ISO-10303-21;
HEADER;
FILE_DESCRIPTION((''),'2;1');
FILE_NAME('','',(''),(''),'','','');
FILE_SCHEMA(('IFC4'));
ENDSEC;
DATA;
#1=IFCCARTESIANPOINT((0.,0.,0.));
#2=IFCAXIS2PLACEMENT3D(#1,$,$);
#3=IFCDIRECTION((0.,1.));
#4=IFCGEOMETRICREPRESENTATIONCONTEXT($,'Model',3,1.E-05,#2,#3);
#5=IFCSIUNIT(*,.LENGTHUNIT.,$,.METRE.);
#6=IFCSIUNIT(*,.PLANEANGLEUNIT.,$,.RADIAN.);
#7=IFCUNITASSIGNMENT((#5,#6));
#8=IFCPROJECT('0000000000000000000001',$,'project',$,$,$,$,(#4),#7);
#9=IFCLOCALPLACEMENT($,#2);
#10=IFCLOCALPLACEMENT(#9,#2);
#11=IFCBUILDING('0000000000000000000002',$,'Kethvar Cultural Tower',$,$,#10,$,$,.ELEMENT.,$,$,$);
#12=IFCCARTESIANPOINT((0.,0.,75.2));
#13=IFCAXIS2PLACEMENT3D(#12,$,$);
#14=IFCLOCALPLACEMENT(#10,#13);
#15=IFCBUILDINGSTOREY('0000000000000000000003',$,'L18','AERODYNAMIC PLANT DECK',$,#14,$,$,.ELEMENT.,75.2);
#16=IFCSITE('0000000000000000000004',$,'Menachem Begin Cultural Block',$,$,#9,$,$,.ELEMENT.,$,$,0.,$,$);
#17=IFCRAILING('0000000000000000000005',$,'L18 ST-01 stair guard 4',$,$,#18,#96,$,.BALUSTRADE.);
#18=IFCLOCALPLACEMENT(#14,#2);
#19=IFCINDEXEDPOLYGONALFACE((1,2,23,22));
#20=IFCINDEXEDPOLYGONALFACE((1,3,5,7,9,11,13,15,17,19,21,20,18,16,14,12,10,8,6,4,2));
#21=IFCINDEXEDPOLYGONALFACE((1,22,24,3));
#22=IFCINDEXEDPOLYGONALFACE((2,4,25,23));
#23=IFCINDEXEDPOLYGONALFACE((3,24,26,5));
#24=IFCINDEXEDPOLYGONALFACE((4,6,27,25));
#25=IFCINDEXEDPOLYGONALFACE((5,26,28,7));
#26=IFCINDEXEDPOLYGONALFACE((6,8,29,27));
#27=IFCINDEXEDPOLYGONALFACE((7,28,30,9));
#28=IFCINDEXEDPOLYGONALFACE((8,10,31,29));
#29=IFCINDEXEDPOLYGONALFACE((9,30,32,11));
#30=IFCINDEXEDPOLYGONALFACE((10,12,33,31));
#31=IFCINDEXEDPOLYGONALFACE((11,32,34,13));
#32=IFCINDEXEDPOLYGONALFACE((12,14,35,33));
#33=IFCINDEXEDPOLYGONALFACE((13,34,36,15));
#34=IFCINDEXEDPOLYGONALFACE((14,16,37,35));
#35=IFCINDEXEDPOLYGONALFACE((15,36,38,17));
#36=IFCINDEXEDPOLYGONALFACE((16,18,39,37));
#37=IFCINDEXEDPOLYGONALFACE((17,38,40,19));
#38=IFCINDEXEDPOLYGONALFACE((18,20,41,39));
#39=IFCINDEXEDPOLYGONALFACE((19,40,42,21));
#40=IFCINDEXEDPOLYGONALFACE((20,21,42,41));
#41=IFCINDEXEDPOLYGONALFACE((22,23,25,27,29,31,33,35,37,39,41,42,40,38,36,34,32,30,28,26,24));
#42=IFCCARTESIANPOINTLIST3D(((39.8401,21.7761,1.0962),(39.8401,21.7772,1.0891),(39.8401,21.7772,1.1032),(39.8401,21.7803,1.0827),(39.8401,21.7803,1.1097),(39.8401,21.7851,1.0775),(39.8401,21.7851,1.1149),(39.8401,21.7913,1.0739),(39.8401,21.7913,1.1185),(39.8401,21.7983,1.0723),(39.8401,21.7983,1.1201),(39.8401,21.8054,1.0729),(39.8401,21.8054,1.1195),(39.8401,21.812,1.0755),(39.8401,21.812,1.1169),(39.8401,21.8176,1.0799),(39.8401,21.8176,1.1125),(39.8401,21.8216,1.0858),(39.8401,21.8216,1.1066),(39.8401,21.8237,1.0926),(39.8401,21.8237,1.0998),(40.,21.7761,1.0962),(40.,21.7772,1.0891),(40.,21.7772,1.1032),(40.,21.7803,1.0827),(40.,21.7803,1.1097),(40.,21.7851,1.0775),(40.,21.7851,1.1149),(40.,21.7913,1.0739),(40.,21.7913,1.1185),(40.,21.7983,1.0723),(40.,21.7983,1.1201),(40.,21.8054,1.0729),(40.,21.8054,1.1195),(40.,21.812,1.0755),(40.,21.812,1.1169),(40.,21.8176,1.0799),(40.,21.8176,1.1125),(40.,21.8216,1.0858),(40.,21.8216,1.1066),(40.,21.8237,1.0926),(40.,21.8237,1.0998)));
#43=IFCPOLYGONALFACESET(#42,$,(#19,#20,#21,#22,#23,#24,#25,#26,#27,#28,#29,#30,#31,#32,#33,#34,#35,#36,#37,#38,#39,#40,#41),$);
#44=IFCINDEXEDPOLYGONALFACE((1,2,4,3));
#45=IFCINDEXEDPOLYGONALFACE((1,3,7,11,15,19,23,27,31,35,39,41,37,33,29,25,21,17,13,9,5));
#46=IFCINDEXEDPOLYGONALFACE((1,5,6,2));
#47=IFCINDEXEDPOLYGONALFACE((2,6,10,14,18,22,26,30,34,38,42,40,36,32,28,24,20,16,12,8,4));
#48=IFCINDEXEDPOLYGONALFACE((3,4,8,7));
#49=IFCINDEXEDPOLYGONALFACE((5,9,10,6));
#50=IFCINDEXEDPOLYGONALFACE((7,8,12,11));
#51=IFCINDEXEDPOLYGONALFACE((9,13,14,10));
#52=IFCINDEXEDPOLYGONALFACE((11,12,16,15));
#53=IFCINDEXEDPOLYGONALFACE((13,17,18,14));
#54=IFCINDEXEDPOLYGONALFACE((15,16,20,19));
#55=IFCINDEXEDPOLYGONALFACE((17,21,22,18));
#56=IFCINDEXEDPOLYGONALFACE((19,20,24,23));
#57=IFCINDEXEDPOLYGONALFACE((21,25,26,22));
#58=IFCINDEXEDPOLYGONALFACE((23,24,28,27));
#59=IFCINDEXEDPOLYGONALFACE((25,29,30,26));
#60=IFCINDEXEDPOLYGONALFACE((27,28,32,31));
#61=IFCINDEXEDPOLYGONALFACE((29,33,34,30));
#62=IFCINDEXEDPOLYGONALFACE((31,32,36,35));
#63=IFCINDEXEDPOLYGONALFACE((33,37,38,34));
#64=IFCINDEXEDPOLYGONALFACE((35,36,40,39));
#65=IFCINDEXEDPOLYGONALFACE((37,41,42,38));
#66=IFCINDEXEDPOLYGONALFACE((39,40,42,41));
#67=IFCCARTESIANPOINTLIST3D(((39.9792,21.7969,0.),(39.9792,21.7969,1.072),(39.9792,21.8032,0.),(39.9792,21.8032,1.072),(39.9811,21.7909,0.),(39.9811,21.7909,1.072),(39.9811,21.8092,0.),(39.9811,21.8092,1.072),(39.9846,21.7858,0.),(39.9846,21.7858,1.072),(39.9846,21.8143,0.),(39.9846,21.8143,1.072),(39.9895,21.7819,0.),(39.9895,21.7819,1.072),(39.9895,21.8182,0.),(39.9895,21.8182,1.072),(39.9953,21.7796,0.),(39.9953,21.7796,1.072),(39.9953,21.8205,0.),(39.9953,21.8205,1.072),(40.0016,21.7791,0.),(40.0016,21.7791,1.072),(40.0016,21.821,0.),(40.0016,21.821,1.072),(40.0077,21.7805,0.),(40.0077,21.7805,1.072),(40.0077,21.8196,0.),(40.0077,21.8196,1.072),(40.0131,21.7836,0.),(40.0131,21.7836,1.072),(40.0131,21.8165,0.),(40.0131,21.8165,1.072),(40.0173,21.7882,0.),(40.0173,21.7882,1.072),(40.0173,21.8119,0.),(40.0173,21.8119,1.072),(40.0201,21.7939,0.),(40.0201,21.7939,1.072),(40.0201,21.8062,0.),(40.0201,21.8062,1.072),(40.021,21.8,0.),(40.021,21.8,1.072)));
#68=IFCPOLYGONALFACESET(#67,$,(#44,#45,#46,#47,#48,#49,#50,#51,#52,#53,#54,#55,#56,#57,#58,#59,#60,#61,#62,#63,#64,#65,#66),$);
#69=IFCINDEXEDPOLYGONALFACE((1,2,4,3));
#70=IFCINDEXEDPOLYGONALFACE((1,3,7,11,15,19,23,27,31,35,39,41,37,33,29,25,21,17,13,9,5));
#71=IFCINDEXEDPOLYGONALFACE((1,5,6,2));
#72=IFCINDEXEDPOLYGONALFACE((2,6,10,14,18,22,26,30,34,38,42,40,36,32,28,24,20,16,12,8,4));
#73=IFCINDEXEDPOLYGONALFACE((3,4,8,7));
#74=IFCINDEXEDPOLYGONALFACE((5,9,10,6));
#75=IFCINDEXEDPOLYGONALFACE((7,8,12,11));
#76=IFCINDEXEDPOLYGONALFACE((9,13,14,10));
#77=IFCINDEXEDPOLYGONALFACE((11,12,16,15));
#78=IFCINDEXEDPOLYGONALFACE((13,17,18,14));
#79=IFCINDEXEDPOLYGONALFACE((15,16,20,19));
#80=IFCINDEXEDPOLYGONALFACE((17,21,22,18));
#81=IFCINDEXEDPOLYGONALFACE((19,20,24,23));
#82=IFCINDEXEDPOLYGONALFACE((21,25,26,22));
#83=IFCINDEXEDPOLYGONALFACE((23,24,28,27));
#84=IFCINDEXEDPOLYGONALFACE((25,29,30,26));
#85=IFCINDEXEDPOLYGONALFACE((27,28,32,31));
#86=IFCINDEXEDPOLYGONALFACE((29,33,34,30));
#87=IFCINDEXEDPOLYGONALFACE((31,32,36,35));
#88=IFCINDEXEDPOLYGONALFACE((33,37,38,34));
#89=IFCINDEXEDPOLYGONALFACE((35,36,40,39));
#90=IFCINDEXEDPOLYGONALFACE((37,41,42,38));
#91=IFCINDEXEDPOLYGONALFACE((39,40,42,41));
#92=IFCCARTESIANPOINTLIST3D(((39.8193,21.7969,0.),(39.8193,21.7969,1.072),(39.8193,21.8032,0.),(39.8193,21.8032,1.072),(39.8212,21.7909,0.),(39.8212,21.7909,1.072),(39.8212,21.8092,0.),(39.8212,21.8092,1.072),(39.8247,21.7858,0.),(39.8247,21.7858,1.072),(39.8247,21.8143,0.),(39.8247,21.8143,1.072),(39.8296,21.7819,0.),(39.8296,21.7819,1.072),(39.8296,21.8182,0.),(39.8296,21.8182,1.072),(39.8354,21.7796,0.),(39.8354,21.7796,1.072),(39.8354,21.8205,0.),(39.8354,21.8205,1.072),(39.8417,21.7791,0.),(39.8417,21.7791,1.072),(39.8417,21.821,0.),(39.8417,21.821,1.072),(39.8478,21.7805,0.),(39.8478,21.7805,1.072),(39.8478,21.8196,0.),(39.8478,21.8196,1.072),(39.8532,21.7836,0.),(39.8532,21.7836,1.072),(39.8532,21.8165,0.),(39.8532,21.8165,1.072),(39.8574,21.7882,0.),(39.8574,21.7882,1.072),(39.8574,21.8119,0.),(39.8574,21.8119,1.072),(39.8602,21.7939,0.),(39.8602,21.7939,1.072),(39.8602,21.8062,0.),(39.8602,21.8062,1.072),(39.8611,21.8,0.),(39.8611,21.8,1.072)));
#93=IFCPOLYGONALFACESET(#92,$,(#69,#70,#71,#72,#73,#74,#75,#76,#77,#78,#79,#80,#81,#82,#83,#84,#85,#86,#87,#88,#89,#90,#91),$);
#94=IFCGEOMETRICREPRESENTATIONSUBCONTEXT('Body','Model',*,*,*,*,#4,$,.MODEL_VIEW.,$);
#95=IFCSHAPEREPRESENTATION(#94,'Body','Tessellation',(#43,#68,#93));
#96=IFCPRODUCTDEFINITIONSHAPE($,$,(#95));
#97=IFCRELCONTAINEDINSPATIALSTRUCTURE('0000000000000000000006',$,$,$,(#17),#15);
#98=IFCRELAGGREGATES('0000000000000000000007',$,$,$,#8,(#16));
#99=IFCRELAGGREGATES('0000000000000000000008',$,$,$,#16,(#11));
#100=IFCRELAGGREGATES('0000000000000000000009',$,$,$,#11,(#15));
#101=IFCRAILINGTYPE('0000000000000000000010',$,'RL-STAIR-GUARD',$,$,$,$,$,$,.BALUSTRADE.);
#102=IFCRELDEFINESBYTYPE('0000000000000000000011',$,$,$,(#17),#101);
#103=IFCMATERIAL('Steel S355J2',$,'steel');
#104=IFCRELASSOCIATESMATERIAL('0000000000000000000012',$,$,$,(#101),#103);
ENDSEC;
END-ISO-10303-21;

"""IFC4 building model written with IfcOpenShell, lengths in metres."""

from ifc_helpers import new_model, si_unit, direction, frame, origin, origin_2d, place, context, subcontext, project, spatial, circle, extrude, material, type_object, element, save


model = new_model("IFC4")

# Units and contexts
model_context = context("Model", 3, precision=1e-05, world=origin(), true_north=direction((0.0, 1.0)))
body_context = subcontext(model_context, "Body", "Model", "MODEL_VIEW")
ifc_project = project(units=[si_unit("LENGTHUNIT", "METRE"), si_unit("PLANEANGLEUNIT", "RADIAN")], contexts=[model_context])

# Site, building, storey
site_placement = place(None, origin())
site = spatial("IfcSite", under=ifc_project, at=site_placement, Name="Menachem Begin Cultural Block", CompositionType="ELEMENT", RefElevation=0.0)
building_placement = place(site_placement, origin())
building = spatial("IfcBuilding", under=site, at=building_placement, Name="Kethvar Cultural Tower", CompositionType="ELEMENT")
storey_placement = place(building_placement, frame((0.0, 0.0, 75.2)))
storey = spatial("IfcBuildingStorey", under=building, at=storey_placement, Name="L18", Description="AERODYNAMIC PLANT DECK", CompositionType="ELEMENT", Elevation=75.2)

# Shared definitions
ifc_material_1 = material(Name="Steel S355J2", Category="steel")

# Railing
railing_type_1 = type_object("IfcRailingType", Name="RL-STAIR-GUARD", PredefinedType="BALUSTRADE", material=ifc_material_1)
railing_1_placement = place(storey_placement, frame((40.0, 21.8, 0.0)))
element("IfcRailing", 1, at=railing_1_placement, inside=storey, type_object=railing_type_1, Name="L18 ST-01 stair guard 4", PredefinedType="BALUSTRADE", context=body_context, shape_type="SweptSolid", body=[
    extrude(circle(Radius=0.0239, at=origin_2d()), frame((0.0, 0.0, 1.0962), z_axis=(-1.0, 0.0, 0.0), x_axis=(0.0, -1.0, 0.0)), (0.0, 0.0, 1.0), 0.1599),
    extrude(circle(Radius=0.021, at=origin_2d()), origin(), (0.0, 0.0, 1.0), 1.072),
    extrude(circle(Radius=0.021, at=origin_2d()), frame((-0.1599, 0.0, 0.0)), (0.0, 0.0, 1.0), 1.072),
])

save(model, "model.ifc")
